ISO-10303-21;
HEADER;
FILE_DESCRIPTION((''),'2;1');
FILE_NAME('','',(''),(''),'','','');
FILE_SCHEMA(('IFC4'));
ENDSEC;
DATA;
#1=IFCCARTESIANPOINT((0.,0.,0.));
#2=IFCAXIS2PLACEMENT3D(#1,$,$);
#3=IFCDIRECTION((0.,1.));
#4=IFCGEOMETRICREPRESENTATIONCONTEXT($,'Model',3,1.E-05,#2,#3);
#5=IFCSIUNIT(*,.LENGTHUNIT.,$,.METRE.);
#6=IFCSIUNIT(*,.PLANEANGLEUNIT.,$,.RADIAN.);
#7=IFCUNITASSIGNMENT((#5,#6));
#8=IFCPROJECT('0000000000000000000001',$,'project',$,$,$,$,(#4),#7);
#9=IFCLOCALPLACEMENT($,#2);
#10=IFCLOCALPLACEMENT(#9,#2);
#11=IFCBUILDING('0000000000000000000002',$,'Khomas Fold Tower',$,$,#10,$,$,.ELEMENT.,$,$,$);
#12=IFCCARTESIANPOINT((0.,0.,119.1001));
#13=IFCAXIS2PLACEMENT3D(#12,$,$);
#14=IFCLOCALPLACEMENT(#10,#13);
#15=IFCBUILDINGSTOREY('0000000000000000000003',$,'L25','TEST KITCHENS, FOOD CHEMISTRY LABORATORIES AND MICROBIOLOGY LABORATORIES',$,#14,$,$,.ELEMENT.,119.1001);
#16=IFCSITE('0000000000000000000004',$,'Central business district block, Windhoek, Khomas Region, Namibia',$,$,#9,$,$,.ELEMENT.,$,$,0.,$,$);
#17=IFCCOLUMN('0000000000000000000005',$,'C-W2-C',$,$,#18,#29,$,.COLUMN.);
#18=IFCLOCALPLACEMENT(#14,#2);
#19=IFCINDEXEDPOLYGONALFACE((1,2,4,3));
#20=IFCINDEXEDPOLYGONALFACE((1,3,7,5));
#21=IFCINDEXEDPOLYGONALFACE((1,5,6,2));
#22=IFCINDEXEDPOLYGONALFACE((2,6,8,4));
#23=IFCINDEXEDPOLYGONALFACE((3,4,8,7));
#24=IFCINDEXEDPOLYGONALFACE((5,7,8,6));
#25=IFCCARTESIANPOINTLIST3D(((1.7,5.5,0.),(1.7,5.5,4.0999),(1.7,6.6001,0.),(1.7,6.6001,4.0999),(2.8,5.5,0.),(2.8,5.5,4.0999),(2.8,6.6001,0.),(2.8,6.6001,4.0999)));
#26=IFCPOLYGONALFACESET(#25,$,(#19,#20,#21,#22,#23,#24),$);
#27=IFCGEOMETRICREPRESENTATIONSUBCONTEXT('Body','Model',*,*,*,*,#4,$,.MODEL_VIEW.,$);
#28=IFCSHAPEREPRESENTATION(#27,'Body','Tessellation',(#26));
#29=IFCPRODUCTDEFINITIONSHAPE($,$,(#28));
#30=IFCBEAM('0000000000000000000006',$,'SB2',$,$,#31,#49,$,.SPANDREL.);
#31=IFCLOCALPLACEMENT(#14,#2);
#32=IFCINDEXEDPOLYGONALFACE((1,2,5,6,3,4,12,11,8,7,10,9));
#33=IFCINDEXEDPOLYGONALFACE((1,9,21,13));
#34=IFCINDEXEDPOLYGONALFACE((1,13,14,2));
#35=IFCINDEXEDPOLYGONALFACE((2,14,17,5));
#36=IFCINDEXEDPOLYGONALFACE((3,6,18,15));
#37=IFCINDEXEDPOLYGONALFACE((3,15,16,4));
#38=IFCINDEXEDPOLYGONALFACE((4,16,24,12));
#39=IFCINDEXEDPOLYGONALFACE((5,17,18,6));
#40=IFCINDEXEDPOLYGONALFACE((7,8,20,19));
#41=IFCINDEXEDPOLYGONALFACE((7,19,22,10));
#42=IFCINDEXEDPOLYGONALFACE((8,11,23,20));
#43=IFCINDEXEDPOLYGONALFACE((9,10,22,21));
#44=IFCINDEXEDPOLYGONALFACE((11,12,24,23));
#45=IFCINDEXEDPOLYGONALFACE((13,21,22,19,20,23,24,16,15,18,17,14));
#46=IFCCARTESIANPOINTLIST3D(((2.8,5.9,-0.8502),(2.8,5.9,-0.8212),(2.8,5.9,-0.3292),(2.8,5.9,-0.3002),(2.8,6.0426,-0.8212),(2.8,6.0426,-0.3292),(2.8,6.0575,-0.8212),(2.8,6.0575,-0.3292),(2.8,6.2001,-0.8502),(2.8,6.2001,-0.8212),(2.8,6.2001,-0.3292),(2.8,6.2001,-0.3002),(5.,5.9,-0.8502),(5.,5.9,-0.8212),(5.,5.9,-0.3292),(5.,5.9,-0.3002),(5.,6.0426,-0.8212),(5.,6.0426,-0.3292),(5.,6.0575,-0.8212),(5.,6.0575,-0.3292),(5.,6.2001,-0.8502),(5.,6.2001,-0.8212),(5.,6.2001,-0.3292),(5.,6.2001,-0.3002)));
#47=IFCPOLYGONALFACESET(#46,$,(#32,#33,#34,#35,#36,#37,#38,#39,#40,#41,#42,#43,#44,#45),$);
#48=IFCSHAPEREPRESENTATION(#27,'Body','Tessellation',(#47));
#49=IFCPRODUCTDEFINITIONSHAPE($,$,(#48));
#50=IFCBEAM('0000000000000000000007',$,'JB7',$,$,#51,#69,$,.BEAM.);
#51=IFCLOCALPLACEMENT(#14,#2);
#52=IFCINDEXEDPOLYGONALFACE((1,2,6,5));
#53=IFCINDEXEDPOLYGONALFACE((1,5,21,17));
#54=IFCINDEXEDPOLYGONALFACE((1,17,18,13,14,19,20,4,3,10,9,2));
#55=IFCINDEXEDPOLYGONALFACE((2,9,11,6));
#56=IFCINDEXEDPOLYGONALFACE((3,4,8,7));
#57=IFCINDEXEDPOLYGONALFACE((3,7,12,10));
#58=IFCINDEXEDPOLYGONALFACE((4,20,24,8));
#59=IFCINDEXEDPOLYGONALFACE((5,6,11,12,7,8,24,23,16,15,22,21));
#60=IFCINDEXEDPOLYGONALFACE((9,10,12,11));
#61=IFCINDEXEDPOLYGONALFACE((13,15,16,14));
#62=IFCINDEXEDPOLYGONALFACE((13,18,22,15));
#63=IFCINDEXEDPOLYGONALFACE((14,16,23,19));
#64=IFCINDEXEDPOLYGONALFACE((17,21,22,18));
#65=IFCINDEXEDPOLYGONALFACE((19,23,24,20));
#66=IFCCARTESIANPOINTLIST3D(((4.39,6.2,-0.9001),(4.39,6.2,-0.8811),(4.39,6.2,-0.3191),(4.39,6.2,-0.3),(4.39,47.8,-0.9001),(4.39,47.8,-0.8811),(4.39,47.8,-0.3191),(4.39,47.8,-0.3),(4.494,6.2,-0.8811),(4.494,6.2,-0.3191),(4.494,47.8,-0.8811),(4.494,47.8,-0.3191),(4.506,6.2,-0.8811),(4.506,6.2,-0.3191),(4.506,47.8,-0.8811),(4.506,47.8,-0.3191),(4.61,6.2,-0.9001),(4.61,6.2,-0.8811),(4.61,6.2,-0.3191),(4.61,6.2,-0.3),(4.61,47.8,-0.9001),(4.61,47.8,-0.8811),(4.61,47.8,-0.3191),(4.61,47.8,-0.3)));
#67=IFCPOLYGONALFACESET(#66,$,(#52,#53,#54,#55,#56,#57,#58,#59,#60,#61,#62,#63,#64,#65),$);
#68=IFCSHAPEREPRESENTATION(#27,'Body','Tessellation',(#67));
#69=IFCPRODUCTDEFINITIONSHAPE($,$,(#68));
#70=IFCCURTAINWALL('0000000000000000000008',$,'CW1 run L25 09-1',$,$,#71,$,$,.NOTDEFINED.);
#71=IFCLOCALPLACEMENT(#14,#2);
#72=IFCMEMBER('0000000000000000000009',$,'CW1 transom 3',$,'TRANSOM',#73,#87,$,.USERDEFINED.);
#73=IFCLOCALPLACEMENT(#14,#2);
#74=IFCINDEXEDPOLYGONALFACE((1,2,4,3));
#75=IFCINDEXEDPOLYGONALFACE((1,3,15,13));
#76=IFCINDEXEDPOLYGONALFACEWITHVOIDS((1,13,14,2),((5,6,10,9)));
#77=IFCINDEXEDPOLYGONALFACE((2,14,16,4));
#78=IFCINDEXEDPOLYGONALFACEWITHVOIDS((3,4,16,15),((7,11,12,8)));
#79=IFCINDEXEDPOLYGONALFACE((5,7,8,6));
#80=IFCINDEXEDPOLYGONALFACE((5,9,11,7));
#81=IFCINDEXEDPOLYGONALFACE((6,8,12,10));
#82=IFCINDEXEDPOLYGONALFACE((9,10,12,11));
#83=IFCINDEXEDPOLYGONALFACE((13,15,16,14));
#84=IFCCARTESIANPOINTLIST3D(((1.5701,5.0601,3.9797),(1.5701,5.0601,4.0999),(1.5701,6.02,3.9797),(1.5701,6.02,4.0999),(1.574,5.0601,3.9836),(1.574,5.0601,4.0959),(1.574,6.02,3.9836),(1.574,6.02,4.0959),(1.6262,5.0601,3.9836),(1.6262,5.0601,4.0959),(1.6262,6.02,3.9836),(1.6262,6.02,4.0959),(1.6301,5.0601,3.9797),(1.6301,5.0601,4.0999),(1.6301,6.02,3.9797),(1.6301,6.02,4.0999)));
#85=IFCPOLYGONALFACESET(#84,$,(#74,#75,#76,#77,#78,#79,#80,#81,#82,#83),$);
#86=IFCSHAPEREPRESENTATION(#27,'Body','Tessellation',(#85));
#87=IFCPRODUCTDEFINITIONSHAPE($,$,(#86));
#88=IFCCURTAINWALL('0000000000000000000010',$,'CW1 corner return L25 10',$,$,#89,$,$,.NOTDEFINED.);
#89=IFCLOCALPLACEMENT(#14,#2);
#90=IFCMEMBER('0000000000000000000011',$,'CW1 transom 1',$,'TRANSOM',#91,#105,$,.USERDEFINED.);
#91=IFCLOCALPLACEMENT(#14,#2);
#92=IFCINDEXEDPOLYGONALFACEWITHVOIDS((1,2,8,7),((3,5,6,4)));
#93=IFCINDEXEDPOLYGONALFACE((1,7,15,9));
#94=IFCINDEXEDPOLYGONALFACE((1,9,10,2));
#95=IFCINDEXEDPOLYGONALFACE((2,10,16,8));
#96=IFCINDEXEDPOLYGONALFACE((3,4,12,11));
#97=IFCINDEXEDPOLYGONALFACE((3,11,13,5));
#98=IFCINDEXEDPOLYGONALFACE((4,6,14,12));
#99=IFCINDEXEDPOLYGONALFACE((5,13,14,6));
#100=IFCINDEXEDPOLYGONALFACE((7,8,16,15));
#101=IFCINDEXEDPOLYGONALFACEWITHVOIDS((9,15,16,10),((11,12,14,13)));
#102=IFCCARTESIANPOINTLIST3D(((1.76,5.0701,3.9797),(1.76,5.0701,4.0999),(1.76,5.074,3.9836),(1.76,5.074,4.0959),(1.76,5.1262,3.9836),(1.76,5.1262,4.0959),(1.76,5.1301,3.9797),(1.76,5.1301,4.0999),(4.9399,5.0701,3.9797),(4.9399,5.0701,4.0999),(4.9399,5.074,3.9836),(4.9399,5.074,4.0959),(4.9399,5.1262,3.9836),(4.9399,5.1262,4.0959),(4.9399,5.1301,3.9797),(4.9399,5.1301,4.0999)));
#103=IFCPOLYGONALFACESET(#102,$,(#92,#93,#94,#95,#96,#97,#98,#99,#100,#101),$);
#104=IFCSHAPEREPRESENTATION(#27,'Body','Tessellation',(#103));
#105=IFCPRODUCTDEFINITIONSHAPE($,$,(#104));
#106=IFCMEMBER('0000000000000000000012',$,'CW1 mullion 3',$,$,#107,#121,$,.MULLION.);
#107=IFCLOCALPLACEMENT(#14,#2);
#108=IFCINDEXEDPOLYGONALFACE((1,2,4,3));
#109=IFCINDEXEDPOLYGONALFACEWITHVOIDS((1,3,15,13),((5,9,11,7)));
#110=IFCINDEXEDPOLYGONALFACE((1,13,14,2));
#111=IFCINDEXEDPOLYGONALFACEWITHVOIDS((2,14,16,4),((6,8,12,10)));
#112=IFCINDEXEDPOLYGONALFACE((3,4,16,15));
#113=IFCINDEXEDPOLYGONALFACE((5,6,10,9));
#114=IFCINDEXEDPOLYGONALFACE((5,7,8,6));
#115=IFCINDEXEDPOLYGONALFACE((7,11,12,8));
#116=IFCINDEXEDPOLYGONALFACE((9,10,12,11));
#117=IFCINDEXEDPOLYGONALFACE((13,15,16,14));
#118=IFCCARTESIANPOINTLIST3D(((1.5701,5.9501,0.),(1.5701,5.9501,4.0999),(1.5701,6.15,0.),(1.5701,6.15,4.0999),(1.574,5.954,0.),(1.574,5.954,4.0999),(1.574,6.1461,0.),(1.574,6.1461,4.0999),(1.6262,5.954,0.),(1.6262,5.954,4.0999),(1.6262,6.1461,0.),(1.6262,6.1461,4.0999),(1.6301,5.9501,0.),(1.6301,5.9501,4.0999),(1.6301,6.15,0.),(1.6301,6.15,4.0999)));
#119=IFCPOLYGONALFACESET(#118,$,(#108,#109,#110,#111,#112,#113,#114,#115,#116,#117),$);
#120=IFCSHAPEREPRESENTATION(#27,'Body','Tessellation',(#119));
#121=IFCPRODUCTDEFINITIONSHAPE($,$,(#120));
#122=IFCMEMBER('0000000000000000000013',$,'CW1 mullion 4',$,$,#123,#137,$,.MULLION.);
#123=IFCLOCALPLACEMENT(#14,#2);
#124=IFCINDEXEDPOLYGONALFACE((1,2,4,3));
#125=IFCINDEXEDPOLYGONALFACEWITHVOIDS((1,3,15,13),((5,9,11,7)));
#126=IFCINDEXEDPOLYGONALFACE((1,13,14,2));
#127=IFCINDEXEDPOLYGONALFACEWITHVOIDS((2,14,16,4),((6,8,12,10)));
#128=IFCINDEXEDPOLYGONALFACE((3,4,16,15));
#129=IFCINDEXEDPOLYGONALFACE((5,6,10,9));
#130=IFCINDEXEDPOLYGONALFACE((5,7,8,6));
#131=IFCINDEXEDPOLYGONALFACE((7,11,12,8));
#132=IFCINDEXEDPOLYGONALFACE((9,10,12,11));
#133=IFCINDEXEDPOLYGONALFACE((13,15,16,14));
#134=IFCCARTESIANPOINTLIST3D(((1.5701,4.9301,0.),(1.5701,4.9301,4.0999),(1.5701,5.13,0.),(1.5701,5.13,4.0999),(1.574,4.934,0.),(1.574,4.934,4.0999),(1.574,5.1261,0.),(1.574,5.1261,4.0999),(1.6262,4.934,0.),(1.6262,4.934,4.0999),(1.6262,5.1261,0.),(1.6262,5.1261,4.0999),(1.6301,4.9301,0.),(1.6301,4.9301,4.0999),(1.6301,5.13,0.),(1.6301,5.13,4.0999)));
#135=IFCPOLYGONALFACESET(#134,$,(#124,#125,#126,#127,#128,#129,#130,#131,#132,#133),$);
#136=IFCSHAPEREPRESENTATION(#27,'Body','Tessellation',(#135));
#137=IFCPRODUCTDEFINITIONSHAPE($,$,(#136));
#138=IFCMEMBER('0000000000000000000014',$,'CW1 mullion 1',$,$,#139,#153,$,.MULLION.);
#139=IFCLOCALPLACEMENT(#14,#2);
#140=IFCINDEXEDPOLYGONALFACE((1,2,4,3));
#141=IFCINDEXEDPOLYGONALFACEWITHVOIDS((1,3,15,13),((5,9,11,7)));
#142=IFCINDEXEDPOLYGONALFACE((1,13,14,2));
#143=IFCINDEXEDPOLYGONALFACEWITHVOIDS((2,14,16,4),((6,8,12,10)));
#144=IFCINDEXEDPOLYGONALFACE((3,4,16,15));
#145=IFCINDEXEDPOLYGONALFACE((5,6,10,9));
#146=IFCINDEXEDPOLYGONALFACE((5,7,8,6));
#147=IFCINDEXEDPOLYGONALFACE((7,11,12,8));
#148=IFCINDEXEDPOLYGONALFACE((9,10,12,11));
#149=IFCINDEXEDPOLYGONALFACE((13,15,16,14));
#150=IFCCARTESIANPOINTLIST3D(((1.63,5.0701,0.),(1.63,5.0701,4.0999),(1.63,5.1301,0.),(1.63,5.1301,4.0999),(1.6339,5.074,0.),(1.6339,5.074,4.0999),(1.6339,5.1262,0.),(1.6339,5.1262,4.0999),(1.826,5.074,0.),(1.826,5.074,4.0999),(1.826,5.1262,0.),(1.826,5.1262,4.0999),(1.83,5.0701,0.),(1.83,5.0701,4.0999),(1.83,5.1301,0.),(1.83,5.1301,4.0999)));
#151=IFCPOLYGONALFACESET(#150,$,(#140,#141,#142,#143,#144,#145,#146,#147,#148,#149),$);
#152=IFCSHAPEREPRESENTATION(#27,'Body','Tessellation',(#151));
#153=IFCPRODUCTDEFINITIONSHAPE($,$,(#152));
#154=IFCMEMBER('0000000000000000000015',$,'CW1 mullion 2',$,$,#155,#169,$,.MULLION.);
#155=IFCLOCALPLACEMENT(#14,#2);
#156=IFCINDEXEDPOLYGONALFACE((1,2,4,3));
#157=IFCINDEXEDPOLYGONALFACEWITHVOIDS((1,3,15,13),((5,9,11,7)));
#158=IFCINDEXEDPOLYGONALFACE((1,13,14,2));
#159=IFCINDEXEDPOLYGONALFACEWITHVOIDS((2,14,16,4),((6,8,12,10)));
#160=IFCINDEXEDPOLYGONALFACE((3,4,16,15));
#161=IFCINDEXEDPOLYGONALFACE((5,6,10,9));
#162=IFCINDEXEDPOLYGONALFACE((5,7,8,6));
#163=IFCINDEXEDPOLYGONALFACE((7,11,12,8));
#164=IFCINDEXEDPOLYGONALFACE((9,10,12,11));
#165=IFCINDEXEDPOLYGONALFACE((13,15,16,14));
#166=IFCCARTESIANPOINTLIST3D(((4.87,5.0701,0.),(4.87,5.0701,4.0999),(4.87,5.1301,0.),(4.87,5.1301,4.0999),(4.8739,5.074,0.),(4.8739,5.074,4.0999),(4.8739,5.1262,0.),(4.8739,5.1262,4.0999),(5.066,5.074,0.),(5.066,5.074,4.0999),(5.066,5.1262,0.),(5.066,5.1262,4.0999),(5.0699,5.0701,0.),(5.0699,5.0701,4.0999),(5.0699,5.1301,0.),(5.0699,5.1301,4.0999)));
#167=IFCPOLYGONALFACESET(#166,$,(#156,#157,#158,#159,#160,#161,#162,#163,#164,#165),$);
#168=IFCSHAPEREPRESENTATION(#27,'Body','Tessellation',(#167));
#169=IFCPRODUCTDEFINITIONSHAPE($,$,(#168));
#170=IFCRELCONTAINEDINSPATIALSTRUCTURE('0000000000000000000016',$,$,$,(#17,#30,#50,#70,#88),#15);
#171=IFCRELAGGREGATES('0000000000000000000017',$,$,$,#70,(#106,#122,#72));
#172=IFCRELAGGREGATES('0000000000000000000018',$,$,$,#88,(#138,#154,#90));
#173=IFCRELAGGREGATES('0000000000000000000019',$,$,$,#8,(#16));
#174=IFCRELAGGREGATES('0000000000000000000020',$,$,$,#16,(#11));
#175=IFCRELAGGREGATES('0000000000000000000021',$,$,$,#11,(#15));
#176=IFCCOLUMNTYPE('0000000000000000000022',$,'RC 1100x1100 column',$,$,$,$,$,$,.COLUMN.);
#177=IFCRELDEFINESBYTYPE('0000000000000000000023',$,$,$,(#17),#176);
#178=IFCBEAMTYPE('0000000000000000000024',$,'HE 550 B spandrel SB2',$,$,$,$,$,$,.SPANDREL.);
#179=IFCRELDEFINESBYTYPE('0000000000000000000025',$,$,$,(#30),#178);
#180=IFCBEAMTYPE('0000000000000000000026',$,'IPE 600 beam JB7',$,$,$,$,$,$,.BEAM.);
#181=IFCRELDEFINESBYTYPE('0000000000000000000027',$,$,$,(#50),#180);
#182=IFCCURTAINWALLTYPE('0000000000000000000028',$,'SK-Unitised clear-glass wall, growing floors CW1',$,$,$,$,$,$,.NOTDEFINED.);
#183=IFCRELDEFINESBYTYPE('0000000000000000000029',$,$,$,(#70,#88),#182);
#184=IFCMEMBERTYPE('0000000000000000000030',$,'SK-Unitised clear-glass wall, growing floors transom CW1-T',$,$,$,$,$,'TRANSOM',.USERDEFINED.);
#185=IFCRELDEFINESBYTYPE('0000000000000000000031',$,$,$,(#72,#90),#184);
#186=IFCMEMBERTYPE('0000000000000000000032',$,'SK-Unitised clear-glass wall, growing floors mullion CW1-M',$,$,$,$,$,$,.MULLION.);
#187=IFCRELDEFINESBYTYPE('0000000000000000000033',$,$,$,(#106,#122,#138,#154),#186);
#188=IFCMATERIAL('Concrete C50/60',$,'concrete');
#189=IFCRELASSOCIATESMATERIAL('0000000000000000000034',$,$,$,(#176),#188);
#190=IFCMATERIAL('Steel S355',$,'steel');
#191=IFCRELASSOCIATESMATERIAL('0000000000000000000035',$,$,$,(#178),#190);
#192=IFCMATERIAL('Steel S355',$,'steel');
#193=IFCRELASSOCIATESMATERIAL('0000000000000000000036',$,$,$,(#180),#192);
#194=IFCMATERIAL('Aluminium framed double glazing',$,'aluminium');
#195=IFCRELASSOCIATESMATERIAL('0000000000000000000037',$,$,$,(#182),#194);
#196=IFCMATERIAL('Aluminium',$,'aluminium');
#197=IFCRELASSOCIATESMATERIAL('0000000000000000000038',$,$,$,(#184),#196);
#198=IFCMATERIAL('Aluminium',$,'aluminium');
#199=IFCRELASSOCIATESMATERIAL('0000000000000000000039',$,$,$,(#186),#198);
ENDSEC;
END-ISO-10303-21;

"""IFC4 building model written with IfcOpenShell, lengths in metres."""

from ifc_helpers import new_model, si_unit, direction, frame, origin, origin_2d, place, context, subcontext, project, spatial, rectangle, hollow_rectangle, i_section, extrude, source, transform, mapped, material, material_profile, profile_set, type_object, element, aggregate, save


model = new_model("IFC4")

# Units and contexts
model_context = context("Model", 3, precision=1e-05, world=origin(), true_north=direction((0.0, 1.0)))
body_context = subcontext(model_context, "Body", "Model", "MODEL_VIEW")
ifc_project = project(units=[si_unit("LENGTHUNIT", "METRE"), si_unit("PLANEANGLEUNIT", "RADIAN")], contexts=[model_context])

# Site, building, storey
site_placement = place(None, origin())
site = spatial("IfcSite", under=ifc_project, at=site_placement, Name="Central business district block, Windhoek, Khomas Region, Namibia", CompositionType="ELEMENT", RefElevation=0.0)
building_placement = place(site_placement, origin())
building = spatial("IfcBuilding", under=site, at=building_placement, Name="Khomas Fold Tower", CompositionType="ELEMENT")
storey_placement = place(building_placement, frame((0.0, 0.0, 119.1001)))
storey = spatial("IfcBuildingStorey", under=building, at=storey_placement, Name="L25", Description="TEST KITCHENS, FOOD CHEMISTRY LABORATORIES AND MICROBIOLOGY LABORATORIES", CompositionType="ELEMENT", Elevation=119.1001)

# Column
ifc_material_1 = material(Name="Concrete C50/60", Category="concrete")
ifc_material_profile_1 = material_profile(ifc_material_1, rectangle(XDim=1.1001, YDim=1.1001, at=origin_2d()), Name="RC 1100x1100")
ifc_profile_set_1 = profile_set([ifc_material_profile_1], Name="Concrete C50/60")
column_type = type_object("IfcColumnType", Name="RC 1100x1100 column", PredefinedType="COLUMN", material=ifc_profile_set_1)
shared_shape_1 = source(origin(), body_context, "Body", "SweptSolid", [
    extrude(rectangle(XDim=1.1001, YDim=1.1001, at=origin_2d()), origin(), (0.0, 0.0, 1.0), 4.0999),
])
column_placement = place(storey_placement, frame((2.25, 6.05, 0.0), z_axis=(0.0, 0.0, 1.0), x_axis=(1.0, 0.0, 0.0)))
element("IfcColumn", 1, at=column_placement, inside=storey, type_object=column_type, Name="C-W2-C", PredefinedType="COLUMN", context=body_context, shape_type="MappedRepresentation", body=[
    mapped(shared_shape_1, transform((0.0, 0.0, 0.0))),
])

# Beams
ifc_material_2 = material(Name="Steel S355", Category="steel")
ifc_material_profile_2 = material_profile(ifc_material_2, i_section(OverallWidth=0.3, OverallDepth=0.55, WebThickness=0.0149, FlangeThickness=0.0291, at=origin_2d()), Name="HE 550 B")
ifc_profile_set_2 = profile_set([ifc_material_profile_2], Name="Steel S355")
beam_type_1 = type_object("IfcBeamType", Name="HE 550 B spandrel SB2", PredefinedType="SPANDREL", material=ifc_profile_set_2)
shared_shape_2 = source(origin(), body_context, "Body", "SweptSolid", [
    extrude(i_section(OverallWidth=0.3, OverallDepth=0.55, WebThickness=0.0149, FlangeThickness=0.0291, at=origin_2d()), origin(), (0.0, 0.0, 1.0), 2.2),
])
beam_1_placement = place(storey_placement, frame((2.8, 6.05, -0.5752), z_axis=(1.0, 0.0, 0.0), x_axis=(0.0, 1.0, 0.0)))
element("IfcBeam", 2, at=beam_1_placement, inside=storey, type_object=beam_type_1, Name="SB2", PredefinedType="SPANDREL", context=body_context, shape_type="MappedRepresentation", body=[
    mapped(shared_shape_2, transform((0.0, 0.0, 0.0))),
])
ifc_material_3 = material(Name="Steel S355", Category="steel")
ifc_material_profile_3 = material_profile(ifc_material_3, i_section(OverallWidth=0.22, OverallDepth=0.6001, WebThickness=0.012, FlangeThickness=0.019, at=origin_2d()), Name="IPE 600")
ifc_profile_set_3 = profile_set([ifc_material_profile_3], Name="Steel S355")
beam_type_2 = type_object("IfcBeamType", Name="IPE 600 beam JB7", PredefinedType="BEAM", material=ifc_profile_set_3)
shared_shape_3 = source(origin(), body_context, "Body", "SweptSolid", [
    extrude(i_section(OverallWidth=0.22, OverallDepth=0.6001, WebThickness=0.012, FlangeThickness=0.019, at=origin_2d()), origin(), (0.0, 0.0, 1.0), 41.6001),
])
beam_2_placement = place(storey_placement, frame((4.5, 6.2, -0.6001), z_axis=(0.0, 1.0, 0.0), x_axis=(-1.0, 0.0, 0.0)))
element("IfcBeam", 3, at=beam_2_placement, inside=storey, type_object=beam_type_2, Name="JB7", PredefinedType="BEAM", context=body_context, shape_type="MappedRepresentation", body=[
    mapped(shared_shape_3, transform((0.0, 0.0, 0.0))),
])

# Curtain walls, members
ifc_material_4 = material(Name="Aluminium framed double glazing", Category="aluminium")
curtain_wall_type = type_object("IfcCurtainWallType", Name="SK-Unitised clear-glass wall, growing floors CW1", PredefinedType="NOTDEFINED", material=ifc_material_4)
curtain_wall_1_placement = place(storey_placement, origin())
curtain_wall_1 = element("IfcCurtainWall", 4, at=curtain_wall_1_placement, inside=storey, type_object=curtain_wall_type, Name="CW1 run L25 09-1", PredefinedType="NOTDEFINED")
ifc_material_5 = material(Name="Aluminium", Category="aluminium")
ifc_material_profile_4 = material_profile(ifc_material_5, hollow_rectangle(XDim=0.0601, YDim=0.1201, WallThickness=0.0039, at=origin_2d()), Name="SK-Unitised clear-glass wall, growing floors transom CW1-T")
ifc_profile_set_4 = profile_set([ifc_material_profile_4], Name="Aluminium")
member_type_1 = type_object("IfcMemberType", Name="SK-Unitised clear-glass wall, growing floors transom CW1-T", ElementType="TRANSOM", PredefinedType="USERDEFINED", material=ifc_profile_set_4)
shared_shape_4 = source(origin(), body_context, "Body", "SweptSolid", [
    extrude(hollow_rectangle(XDim=0.0601, YDim=0.1201, WallThickness=0.0039, at=origin_2d()), origin(), (0.0, 0.0, 1.0), 0.96),
])
member_1_placement = place(storey_placement, frame((1.6001, 6.02, 4.0398), z_axis=(0.0, -1.0, 0.0), x_axis=(1.0, 0.0, 0.0)))
member_1 = element("IfcMember", 5, at=member_1_placement, type_object=member_type_1, Name="CW1 transom 3", ObjectType="TRANSOM", PredefinedType="USERDEFINED", context=body_context, shape_type="MappedRepresentation", body=[
    mapped(shared_shape_4, transform((0.0, 0.0, 0.0))),
])
curtain_wall_2_placement = place(storey_placement, origin())
curtain_wall_2 = element("IfcCurtainWall", 6, at=curtain_wall_2_placement, inside=storey, type_object=curtain_wall_type, Name="CW1 corner return L25 10", PredefinedType="NOTDEFINED")
shared_shape_5 = source(origin(), body_context, "Body", "SweptSolid", [
    extrude(hollow_rectangle(XDim=0.0601, YDim=0.1201, WallThickness=0.0039, at=origin_2d()), origin(), (0.0, 0.0, 1.0), 3.1799),
])
member_2_placement = place(storey_placement, frame((1.76, 5.1001, 4.0398), z_axis=(1.0, 0.0, 0.0), x_axis=(0.0, 1.0, 0.0)))
member_2 = element("IfcMember", 7, at=member_2_placement, type_object=member_type_1, Name="CW1 transom 1", ObjectType="TRANSOM", PredefinedType="USERDEFINED", context=body_context, shape_type="MappedRepresentation", body=[
    mapped(shared_shape_5, transform((0.0, 0.0, 0.0))),
])

# Members
ifc_material_6 = material(Name="Aluminium", Category="aluminium")
ifc_material_profile_5 = material_profile(ifc_material_6, hollow_rectangle(XDim=0.0601, YDim=0.2, WallThickness=0.0039, at=origin_2d()), Name="SK-Unitised clear-glass wall, growing floors mullion CW1-M")
ifc_profile_set_5 = profile_set([ifc_material_profile_5], Name="Aluminium")
member_type_2 = type_object("IfcMemberType", Name="SK-Unitised clear-glass wall, growing floors mullion CW1-M", PredefinedType="MULLION", material=ifc_profile_set_5)
shared_shape_6 = source(origin(), body_context, "Body", "SweptSolid", [
    extrude(hollow_rectangle(XDim=0.0601, YDim=0.2, WallThickness=0.0039, at=origin_2d()), origin(), (0.0, 0.0, 1.0), 4.0999),
])
member_3_placement = place(storey_placement, frame((1.6001, 6.05, 0.0), z_axis=(0.0, 0.0, 1.0), x_axis=(1.0, 0.0, 0.0)))
member_3 = element("IfcMember", 8, at=member_3_placement, type_object=member_type_2, Name="CW1 mullion 3", PredefinedType="MULLION", context=body_context, shape_type="MappedRepresentation", body=[
    mapped(shared_shape_6, transform((0.0, 0.0, 0.0))),
])
member_4_placement = place(storey_placement, frame((1.6001, 5.03, 0.0), z_axis=(0.0, 0.0, 1.0), x_axis=(1.0, 0.0, 0.0)))
member_4 = element("IfcMember", 9, at=member_4_placement, type_object=member_type_2, Name="CW1 mullion 4", PredefinedType="MULLION", context=body_context, shape_type="MappedRepresentation", body=[
    mapped(shared_shape_6, transform((0.0, 0.0, 0.0))),
])
member_5_placement = place(storey_placement, frame((1.73, 5.1001, 0.0), z_axis=(0.0, 0.0, 1.0), x_axis=(0.0, 1.0, 0.0)))
member_5 = element("IfcMember", 10, at=member_5_placement, type_object=member_type_2, Name="CW1 mullion 1", PredefinedType="MULLION", context=body_context, shape_type="MappedRepresentation", body=[
    mapped(shared_shape_6, transform((0.0, 0.0, 0.0))),
])
member_6_placement = place(storey_placement, frame((4.97, 5.1001, 0.0), z_axis=(0.0, 0.0, 1.0), x_axis=(0.0, 1.0, 0.0)))
member_6 = element("IfcMember", 11, at=member_6_placement, type_object=member_type_2, Name="CW1 mullion 2", PredefinedType="MULLION", context=body_context, shape_type="MappedRepresentation", body=[
    mapped(shared_shape_6, transform((0.0, 0.0, 0.0))),
])

aggregate(curtain_wall_1, [member_3, member_4, member_1])
aggregate(curtain_wall_2, [member_5, member_6, member_2])

save(model, "model.ifc")
